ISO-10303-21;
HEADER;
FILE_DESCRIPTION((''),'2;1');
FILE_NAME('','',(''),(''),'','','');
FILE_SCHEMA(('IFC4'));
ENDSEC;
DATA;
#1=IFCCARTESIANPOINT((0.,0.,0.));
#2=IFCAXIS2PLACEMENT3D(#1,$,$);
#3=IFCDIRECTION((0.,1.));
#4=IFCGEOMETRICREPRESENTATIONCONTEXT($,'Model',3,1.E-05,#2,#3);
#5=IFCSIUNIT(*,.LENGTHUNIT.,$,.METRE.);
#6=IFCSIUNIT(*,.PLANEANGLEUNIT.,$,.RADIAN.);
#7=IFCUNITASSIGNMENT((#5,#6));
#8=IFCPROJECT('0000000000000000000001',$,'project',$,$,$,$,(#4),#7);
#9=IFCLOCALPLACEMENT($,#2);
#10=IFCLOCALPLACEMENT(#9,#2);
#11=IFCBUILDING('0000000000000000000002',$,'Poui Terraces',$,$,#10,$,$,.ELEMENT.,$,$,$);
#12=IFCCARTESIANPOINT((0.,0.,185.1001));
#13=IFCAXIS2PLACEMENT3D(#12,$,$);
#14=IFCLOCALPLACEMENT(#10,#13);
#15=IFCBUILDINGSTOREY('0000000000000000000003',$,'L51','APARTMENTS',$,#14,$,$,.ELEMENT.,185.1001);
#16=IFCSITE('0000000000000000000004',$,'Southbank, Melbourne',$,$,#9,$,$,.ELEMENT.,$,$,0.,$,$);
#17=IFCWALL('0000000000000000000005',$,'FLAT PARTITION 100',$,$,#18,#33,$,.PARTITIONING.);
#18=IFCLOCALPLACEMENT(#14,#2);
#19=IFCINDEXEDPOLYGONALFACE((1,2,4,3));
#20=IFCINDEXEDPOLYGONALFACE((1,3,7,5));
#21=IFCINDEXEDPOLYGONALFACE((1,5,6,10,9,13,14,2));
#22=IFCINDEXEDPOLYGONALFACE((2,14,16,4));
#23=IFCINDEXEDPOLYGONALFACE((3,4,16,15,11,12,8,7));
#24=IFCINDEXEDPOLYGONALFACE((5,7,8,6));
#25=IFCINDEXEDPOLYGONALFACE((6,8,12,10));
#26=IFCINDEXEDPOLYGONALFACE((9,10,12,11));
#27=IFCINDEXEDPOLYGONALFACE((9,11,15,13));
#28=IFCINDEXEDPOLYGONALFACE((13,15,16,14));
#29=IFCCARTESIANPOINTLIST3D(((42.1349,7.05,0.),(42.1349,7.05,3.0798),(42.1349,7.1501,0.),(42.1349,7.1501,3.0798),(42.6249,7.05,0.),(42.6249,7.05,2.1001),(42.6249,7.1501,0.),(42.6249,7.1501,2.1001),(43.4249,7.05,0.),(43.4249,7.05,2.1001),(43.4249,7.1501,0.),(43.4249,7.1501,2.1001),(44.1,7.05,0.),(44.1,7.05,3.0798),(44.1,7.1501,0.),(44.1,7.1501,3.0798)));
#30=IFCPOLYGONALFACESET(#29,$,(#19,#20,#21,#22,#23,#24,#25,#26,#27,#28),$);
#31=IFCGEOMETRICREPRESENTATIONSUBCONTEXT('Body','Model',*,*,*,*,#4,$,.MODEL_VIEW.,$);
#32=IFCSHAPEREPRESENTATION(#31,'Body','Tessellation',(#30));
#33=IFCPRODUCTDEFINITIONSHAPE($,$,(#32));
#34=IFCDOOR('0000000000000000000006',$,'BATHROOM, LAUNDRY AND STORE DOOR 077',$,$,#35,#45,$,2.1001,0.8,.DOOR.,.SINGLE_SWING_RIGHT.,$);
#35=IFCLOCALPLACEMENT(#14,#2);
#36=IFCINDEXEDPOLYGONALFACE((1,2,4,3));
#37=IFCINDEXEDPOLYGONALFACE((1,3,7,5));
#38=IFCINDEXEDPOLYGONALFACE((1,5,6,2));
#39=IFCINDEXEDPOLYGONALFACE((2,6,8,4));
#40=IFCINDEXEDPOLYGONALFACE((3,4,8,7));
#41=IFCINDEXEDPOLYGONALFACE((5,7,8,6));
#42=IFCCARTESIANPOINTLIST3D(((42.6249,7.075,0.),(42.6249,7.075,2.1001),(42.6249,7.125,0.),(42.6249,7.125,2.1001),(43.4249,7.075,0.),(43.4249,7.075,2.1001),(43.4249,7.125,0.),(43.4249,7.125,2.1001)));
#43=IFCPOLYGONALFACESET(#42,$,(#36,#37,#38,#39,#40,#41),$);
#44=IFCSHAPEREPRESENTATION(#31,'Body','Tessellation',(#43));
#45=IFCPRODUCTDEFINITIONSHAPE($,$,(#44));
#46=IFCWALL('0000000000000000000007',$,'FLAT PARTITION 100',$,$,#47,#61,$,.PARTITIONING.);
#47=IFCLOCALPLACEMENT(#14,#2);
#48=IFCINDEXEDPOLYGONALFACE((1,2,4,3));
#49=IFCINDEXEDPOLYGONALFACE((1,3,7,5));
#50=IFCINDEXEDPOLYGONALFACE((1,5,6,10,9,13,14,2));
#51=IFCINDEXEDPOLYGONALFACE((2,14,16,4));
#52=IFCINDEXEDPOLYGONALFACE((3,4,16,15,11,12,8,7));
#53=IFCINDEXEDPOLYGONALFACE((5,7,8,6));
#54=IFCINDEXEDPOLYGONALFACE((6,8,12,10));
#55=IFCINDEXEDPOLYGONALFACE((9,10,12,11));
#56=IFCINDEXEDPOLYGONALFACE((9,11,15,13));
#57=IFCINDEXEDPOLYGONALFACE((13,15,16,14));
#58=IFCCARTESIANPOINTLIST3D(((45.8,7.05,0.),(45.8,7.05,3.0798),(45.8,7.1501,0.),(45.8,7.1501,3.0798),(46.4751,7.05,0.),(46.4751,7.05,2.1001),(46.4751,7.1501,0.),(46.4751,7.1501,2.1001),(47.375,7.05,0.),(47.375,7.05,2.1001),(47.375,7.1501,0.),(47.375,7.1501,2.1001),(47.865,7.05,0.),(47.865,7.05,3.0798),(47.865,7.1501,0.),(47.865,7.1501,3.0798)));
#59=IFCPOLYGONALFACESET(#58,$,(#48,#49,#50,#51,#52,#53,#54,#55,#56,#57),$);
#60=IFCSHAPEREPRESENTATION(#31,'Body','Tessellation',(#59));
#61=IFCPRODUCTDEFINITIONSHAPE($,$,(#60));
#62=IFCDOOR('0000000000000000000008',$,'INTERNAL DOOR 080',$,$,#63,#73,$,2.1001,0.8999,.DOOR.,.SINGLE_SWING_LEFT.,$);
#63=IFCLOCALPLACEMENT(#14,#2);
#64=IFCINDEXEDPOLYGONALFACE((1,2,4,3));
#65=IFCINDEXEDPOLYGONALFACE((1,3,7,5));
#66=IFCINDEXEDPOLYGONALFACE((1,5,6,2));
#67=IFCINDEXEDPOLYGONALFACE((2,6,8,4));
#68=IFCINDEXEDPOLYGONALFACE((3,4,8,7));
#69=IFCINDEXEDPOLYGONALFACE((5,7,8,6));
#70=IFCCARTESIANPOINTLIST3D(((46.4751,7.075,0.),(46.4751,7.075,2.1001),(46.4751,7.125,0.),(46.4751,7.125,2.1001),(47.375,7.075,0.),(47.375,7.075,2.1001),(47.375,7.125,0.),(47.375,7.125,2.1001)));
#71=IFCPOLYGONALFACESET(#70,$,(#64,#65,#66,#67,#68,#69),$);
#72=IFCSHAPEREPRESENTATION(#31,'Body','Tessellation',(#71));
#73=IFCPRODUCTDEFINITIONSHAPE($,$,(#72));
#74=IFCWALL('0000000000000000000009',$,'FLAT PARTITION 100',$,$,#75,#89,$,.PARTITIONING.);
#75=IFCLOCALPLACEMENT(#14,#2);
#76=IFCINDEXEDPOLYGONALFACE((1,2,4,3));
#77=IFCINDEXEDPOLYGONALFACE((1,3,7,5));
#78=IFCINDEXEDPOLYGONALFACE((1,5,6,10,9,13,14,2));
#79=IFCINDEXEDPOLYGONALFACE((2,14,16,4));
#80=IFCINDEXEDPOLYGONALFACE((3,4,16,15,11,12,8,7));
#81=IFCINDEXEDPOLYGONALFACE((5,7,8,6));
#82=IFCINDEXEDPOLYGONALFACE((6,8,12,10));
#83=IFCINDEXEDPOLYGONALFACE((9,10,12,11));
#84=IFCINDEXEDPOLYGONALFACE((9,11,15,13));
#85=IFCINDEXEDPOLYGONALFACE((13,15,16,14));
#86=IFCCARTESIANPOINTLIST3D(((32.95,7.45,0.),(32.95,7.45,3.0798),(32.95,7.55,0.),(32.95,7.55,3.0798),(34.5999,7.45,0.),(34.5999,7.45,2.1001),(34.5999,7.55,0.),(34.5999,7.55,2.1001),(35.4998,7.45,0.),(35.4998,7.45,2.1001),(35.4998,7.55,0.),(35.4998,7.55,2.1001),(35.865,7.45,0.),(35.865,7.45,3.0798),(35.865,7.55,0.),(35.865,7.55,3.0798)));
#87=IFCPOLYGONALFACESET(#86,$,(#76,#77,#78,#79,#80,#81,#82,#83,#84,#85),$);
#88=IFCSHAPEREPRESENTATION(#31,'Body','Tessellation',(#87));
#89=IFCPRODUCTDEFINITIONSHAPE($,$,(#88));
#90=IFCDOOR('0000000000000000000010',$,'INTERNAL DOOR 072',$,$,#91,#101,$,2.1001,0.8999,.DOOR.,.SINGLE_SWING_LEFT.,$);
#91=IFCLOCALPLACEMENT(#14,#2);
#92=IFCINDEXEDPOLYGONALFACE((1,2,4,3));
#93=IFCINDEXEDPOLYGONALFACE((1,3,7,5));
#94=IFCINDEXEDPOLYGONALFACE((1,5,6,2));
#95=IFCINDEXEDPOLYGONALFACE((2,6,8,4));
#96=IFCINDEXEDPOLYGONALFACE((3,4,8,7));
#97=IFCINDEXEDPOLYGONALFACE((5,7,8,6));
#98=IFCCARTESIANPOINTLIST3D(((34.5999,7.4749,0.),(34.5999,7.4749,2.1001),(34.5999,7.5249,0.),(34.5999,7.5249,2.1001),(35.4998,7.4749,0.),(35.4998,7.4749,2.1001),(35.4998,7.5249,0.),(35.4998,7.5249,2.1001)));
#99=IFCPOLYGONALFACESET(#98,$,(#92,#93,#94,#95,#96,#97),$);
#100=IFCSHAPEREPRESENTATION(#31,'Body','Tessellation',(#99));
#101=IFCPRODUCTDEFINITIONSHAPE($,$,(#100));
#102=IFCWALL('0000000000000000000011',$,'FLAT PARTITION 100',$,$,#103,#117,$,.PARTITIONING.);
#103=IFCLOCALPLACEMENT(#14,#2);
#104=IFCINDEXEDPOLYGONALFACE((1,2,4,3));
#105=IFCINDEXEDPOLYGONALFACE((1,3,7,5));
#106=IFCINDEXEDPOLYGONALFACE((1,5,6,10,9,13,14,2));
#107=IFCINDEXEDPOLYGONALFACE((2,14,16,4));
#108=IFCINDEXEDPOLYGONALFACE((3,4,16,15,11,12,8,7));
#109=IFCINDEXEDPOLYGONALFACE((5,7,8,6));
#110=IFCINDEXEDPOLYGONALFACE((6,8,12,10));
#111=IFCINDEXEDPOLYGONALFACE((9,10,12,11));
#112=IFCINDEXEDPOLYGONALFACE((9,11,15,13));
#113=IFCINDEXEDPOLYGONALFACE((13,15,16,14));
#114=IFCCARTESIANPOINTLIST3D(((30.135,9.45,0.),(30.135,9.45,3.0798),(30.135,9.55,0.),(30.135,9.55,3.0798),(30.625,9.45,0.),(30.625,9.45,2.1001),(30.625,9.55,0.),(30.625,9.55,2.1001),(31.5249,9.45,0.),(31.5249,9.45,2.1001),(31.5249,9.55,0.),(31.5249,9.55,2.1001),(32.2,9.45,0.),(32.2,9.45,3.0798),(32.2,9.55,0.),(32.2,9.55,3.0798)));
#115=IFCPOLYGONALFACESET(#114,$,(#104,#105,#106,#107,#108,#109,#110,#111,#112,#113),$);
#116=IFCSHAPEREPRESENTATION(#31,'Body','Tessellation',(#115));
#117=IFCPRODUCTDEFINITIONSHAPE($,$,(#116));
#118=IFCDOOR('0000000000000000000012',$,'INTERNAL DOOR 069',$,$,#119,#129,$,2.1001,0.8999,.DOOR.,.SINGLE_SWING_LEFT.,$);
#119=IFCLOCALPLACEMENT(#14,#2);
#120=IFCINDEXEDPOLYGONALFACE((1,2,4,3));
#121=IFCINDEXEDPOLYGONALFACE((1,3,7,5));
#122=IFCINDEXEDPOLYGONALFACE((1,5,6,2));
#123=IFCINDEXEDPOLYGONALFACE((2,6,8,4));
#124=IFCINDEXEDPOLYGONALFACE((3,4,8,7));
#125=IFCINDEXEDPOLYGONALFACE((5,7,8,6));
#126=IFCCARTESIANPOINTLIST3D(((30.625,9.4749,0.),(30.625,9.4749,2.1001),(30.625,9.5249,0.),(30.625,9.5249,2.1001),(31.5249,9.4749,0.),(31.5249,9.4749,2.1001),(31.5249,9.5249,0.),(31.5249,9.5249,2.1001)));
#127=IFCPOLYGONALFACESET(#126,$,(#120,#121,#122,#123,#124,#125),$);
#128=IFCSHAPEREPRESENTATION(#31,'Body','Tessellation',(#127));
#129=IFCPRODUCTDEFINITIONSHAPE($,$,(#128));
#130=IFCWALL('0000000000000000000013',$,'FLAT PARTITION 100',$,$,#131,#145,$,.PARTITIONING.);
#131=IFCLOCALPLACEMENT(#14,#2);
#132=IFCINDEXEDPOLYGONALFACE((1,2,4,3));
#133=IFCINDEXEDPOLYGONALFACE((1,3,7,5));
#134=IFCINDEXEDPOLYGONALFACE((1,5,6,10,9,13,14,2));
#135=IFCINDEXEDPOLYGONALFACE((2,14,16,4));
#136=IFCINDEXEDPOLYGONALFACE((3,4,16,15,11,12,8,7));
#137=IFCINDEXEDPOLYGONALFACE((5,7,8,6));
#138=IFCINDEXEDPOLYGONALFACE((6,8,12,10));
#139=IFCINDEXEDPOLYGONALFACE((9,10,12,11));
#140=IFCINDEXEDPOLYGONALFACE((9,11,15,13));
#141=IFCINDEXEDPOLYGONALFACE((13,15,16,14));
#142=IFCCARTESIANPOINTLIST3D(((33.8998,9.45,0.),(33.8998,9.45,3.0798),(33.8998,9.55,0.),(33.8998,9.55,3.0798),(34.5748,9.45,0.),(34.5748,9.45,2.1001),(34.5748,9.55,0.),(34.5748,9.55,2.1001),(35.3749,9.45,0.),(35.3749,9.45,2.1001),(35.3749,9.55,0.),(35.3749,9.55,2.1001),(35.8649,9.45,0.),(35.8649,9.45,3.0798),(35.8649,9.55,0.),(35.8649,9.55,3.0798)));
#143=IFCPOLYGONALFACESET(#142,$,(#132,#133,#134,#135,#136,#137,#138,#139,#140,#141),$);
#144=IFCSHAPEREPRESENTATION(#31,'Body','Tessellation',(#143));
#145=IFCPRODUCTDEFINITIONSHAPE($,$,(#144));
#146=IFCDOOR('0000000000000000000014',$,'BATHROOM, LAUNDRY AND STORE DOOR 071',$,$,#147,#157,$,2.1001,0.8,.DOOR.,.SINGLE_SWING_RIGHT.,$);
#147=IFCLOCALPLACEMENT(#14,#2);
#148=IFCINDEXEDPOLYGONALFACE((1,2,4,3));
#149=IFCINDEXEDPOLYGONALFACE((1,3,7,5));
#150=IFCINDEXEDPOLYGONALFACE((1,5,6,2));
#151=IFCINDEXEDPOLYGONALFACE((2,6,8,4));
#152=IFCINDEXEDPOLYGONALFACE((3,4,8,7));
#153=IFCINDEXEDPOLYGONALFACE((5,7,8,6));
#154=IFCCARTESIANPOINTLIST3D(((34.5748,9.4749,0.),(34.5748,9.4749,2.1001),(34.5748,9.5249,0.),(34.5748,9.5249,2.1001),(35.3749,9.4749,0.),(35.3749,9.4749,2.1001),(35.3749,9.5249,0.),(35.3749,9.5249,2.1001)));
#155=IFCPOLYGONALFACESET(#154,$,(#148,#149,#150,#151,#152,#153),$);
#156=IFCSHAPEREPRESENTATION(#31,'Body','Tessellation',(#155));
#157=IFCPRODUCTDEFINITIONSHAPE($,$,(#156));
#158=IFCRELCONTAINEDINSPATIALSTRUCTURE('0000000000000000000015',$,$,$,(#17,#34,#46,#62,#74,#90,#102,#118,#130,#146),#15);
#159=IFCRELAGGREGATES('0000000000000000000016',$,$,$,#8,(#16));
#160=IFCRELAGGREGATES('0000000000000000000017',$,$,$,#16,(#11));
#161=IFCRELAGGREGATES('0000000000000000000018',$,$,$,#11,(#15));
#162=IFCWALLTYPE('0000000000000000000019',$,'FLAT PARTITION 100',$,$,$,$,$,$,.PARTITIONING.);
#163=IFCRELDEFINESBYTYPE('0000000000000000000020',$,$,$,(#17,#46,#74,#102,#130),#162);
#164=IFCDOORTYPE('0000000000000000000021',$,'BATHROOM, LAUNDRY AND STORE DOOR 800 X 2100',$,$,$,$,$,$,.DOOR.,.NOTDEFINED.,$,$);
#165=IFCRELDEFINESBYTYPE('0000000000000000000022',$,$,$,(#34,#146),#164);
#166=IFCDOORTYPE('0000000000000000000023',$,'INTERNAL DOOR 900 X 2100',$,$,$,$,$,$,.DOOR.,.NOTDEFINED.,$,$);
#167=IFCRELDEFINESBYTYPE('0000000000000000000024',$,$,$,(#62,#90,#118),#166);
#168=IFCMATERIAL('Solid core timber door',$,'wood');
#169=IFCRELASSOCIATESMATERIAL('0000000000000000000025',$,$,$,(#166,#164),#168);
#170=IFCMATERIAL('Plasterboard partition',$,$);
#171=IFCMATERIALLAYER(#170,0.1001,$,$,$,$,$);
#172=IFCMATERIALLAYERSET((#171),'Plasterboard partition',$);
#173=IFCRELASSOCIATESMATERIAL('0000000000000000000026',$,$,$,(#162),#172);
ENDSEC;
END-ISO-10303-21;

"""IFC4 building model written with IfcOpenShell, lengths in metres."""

from ifc_helpers import new_model, si_unit, direction, frame, frame_2d, origin, place, context, subcontext, project, spatial, rectangle, extrude, material, layer, layer_set, type_object, element, fill, save


model = new_model("IFC4")

# Units and contexts
model_context = context("Model", 3, precision=1e-05, world=origin(), true_north=direction((0.0, 1.0)))
body_context = subcontext(model_context, "Body", "Model", "MODEL_VIEW")
ifc_project = project(units=[si_unit("LENGTHUNIT", "METRE"), si_unit("PLANEANGLEUNIT", "RADIAN")], contexts=[model_context])

# Site, building, storey
site_placement = place(None, origin())
site = spatial("IfcSite", under=ifc_project, at=site_placement, Name="Southbank, Melbourne", CompositionType="ELEMENT", RefElevation=0.0)
building_placement = place(site_placement, origin())
building = spatial("IfcBuilding", under=site, at=building_placement, Name="Poui Terraces", CompositionType="ELEMENT")
storey_placement = place(building_placement, frame((0.0, 0.0, 185.1001)))
storey = spatial("IfcBuildingStorey", under=building, at=storey_placement, Name="L51", Description="APARTMENTS", CompositionType="ELEMENT", Elevation=185.1001)

# Walls, openings, doors
ifc_material_1 = material(Name="Solid core timber door", Category="wood")
door_type_1 = type_object("IfcDoorType", Name="INTERNAL DOOR 900 X 2100", OperationType="NOTDEFINED", PredefinedType="DOOR", material=ifc_material_1)
ifc_material_2 = material(Name="Plasterboard partition")
ifc_layer_1 = layer(ifc_material_2, 0.1001)
ifc_layer_set_1 = layer_set([ifc_layer_1], Name="Plasterboard partition")
wall_type_1 = type_object("IfcWallType", Name="FLAT PARTITION 100", PredefinedType="PARTITIONING", material=ifc_layer_set_1)
door_type_2 = type_object("IfcDoorType", Name="BATHROOM, LAUNDRY AND STORE DOOR 800 X 2100", OperationType="NOTDEFINED", PredefinedType="DOOR", material=ifc_material_1)
wall_1_placement = place(storey_placement, frame((42.135, 7.1001, 0.0), z_axis=(0.0, 0.0, 1.0), x_axis=(1.0, 0.0, 0.0)))
wall_1 = element("IfcWall", 1, at=wall_1_placement, inside=storey, type_object=wall_type_1, Name="FLAT PARTITION 100", PredefinedType="PARTITIONING", context=body_context, shape_type="SweptSolid", body=[
    extrude(rectangle(XDim=1.9651, YDim=0.1001, at=frame_2d((0.9824, 0.0))), origin(), (0.0, 0.0, 1.0), 3.0798),
])
opening_1_placement = place(wall_1_placement, frame((0.49, 0.0, 0.0)))
opening_1 = element("IfcOpeningElement", 2, at=opening_1_placement, cuts=wall_1, PredefinedType="OPENING", context=body_context, shape_type="SweptSolid", body=[
    extrude(rectangle(XDim=0.8, YDim=2.1001, at=frame_2d((0.3999, 1.05))), frame((0.0, 0.0601, 0.0), z_axis=(0.0, -1.0, 0.0), x_axis=(1.0, 0.0, 0.0)), (0.0, 0.0, 1.0), 0.1201),
])
door_1_placement = place(opening_1_placement, origin())
door_1 = element("IfcDoor", 3, at=door_1_placement, inside=storey, type_object=door_type_2, Name="BATHROOM, LAUNDRY AND STORE DOOR 077", OperationType="SINGLE_SWING_RIGHT", OverallHeight=2.1001, OverallWidth=0.8, PredefinedType="DOOR", context=body_context, shape_type="SweptSolid", body=[
    extrude(rectangle(XDim=0.8, YDim=2.1001, at=frame_2d((0.3999, 1.05))), frame((0.0, 0.0249, 0.0), z_axis=(0.0, -1.0, 0.0), x_axis=(1.0, 0.0, 0.0)), (0.0, 0.0, 1.0), 0.05),
])
fill(opening_1, door_1)
wall_2_placement = place(storey_placement, frame((45.8, 7.1001, 0.0), z_axis=(0.0, 0.0, 1.0), x_axis=(1.0, 0.0, 0.0)))
wall_2 = element("IfcWall", 4, at=wall_2_placement, inside=storey, type_object=wall_type_1, Name="FLAT PARTITION 100", PredefinedType="PARTITIONING", context=body_context, shape_type="SweptSolid", body=[
    extrude(rectangle(XDim=2.0649, YDim=0.1001, at=frame_2d((1.0325, 0.0))), origin(), (0.0, 0.0, 1.0), 3.0798),
])
opening_2_placement = place(wall_2_placement, frame((0.675, 0.0, 0.0)))
opening_2 = element("IfcOpeningElement", 5, at=opening_2_placement, cuts=wall_2, PredefinedType="OPENING", context=body_context, shape_type="SweptSolid", body=[
    extrude(rectangle(XDim=0.8999, YDim=2.1001, at=frame_2d((0.45, 1.05))), frame((0.0, 0.0601, 0.0), z_axis=(0.0, -1.0, 0.0), x_axis=(1.0, 0.0, 0.0)), (0.0, 0.0, 1.0), 0.1201),
])
door_2_placement = place(opening_2_placement, origin())
door_2 = element("IfcDoor", 6, at=door_2_placement, inside=storey, type_object=door_type_1, Name="INTERNAL DOOR 080", OperationType="SINGLE_SWING_LEFT", OverallHeight=2.1001, OverallWidth=0.8999, PredefinedType="DOOR", context=body_context, shape_type="SweptSolid", body=[
    extrude(rectangle(XDim=0.8999, YDim=2.1001, at=frame_2d((0.45, 1.05))), frame((0.0, 0.0249, 0.0), z_axis=(0.0, -1.0, 0.0), x_axis=(1.0, 0.0, 0.0)), (0.0, 0.0, 1.0), 0.05),
])
fill(opening_2, door_2)
wall_3_placement = place(storey_placement, frame((32.95, 7.5, 0.0), z_axis=(0.0, 0.0, 1.0), x_axis=(1.0, 0.0, 0.0)))
wall_3 = element("IfcWall", 7, at=wall_3_placement, inside=storey, type_object=wall_type_1, Name="FLAT PARTITION 100", PredefinedType="PARTITIONING", context=body_context, shape_type="SweptSolid", body=[
    extrude(rectangle(XDim=2.915, YDim=0.1001, at=frame_2d((1.4575, 0.0))), origin(), (0.0, 0.0, 1.0), 3.0798),
])
opening_3_placement = place(wall_3_placement, frame((1.6499, 0.0, 0.0)))
opening_3 = element("IfcOpeningElement", 8, at=opening_3_placement, cuts=wall_3, PredefinedType="OPENING", context=body_context, shape_type="SweptSolid", body=[
    extrude(rectangle(XDim=0.8999, YDim=2.1001, at=frame_2d((0.45, 1.05))), frame((0.0, 0.0601, 0.0), z_axis=(0.0, -1.0, 0.0), x_axis=(1.0, 0.0, 0.0)), (0.0, 0.0, 1.0), 0.1201),
])
door_3_placement = place(opening_3_placement, origin())
door_3 = element("IfcDoor", 9, at=door_3_placement, inside=storey, type_object=door_type_1, Name="INTERNAL DOOR 072", OperationType="SINGLE_SWING_LEFT", OverallHeight=2.1001, OverallWidth=0.8999, PredefinedType="DOOR", context=body_context, shape_type="SweptSolid", body=[
    extrude(rectangle(XDim=0.8999, YDim=2.1001, at=frame_2d((0.45, 1.05))), frame((0.0, 0.0249, 0.0), z_axis=(0.0, -1.0, 0.0), x_axis=(1.0, 0.0, 0.0)), (0.0, 0.0, 1.0), 0.05),
])
fill(opening_3, door_3)
wall_4_placement = place(storey_placement, frame((30.135, 9.5, 0.0), z_axis=(0.0, 0.0, 1.0), x_axis=(1.0, 0.0, 0.0)))
wall_4 = element("IfcWall", 10, at=wall_4_placement, inside=storey, type_object=wall_type_1, Name="FLAT PARTITION 100", PredefinedType="PARTITIONING", context=body_context, shape_type="SweptSolid", body=[
    extrude(rectangle(XDim=2.0649, YDim=0.1001, at=frame_2d((1.0325, 0.0))), origin(), (0.0, 0.0, 1.0), 3.0798),
])
opening_4_placement = place(wall_4_placement, frame((0.49, 0.0, 0.0)))
opening_4 = element("IfcOpeningElement", 11, at=opening_4_placement, cuts=wall_4, PredefinedType="OPENING", context=body_context, shape_type="SweptSolid", body=[
    extrude(rectangle(XDim=0.8999, YDim=2.1001, at=frame_2d((0.45, 1.05))), frame((0.0, 0.0601, 0.0), z_axis=(0.0, -1.0, 0.0), x_axis=(1.0, 0.0, 0.0)), (0.0, 0.0, 1.0), 0.1201),
])
door_4_placement = place(opening_4_placement, origin())
door_4 = element("IfcDoor", 12, at=door_4_placement, inside=storey, type_object=door_type_1, Name="INTERNAL DOOR 069", OperationType="SINGLE_SWING_LEFT", OverallHeight=2.1001, OverallWidth=0.8999, PredefinedType="DOOR", context=body_context, shape_type="SweptSolid", body=[
    extrude(rectangle(XDim=0.8999, YDim=2.1001, at=frame_2d((0.45, 1.05))), frame((0.0, 0.0249, 0.0), z_axis=(0.0, -1.0, 0.0), x_axis=(1.0, 0.0, 0.0)), (0.0, 0.0, 1.0), 0.05),
])
fill(opening_4, door_4)
wall_5_placement = place(storey_placement, frame((33.8999, 9.5, 0.0), z_axis=(0.0, 0.0, 1.0), x_axis=(1.0, 0.0, 0.0)))
wall_5 = element("IfcWall", 13, at=wall_5_placement, inside=storey, type_object=wall_type_1, Name="FLAT PARTITION 100", PredefinedType="PARTITIONING", context=body_context, shape_type="SweptSolid", body=[
    extrude(rectangle(XDim=1.9651, YDim=0.1001, at=frame_2d((0.9824, 0.0))), origin(), (0.0, 0.0, 1.0), 3.0798),
])
opening_5_placement = place(wall_5_placement, frame((0.675, 0.0, 0.0)))
opening_5 = element("IfcOpeningElement", 14, at=opening_5_placement, cuts=wall_5, PredefinedType="OPENING", context=body_context, shape_type="SweptSolid", body=[
    extrude(rectangle(XDim=0.8, YDim=2.1001, at=frame_2d((0.3999, 1.05))), frame((0.0, 0.0601, 0.0), z_axis=(0.0, -1.0, 0.0), x_axis=(1.0, 0.0, 0.0)), (0.0, 0.0, 1.0), 0.1201),
])
door_5_placement = place(opening_5_placement, origin())
door_5 = element("IfcDoor", 15, at=door_5_placement, inside=storey, type_object=door_type_2, Name="BATHROOM, LAUNDRY AND STORE DOOR 071", OperationType="SINGLE_SWING_RIGHT", OverallHeight=2.1001, OverallWidth=0.8, PredefinedType="DOOR", context=body_context, shape_type="SweptSolid", body=[
    extrude(rectangle(XDim=0.8, YDim=2.1001, at=frame_2d((0.3999, 1.05))), frame((0.0, 0.0249, 0.0), z_axis=(0.0, -1.0, 0.0), x_axis=(1.0, 0.0, 0.0)), (0.0, 0.0, 1.0), 0.05),
])
fill(opening_5, door_5)

save(model, "model.ifc")
